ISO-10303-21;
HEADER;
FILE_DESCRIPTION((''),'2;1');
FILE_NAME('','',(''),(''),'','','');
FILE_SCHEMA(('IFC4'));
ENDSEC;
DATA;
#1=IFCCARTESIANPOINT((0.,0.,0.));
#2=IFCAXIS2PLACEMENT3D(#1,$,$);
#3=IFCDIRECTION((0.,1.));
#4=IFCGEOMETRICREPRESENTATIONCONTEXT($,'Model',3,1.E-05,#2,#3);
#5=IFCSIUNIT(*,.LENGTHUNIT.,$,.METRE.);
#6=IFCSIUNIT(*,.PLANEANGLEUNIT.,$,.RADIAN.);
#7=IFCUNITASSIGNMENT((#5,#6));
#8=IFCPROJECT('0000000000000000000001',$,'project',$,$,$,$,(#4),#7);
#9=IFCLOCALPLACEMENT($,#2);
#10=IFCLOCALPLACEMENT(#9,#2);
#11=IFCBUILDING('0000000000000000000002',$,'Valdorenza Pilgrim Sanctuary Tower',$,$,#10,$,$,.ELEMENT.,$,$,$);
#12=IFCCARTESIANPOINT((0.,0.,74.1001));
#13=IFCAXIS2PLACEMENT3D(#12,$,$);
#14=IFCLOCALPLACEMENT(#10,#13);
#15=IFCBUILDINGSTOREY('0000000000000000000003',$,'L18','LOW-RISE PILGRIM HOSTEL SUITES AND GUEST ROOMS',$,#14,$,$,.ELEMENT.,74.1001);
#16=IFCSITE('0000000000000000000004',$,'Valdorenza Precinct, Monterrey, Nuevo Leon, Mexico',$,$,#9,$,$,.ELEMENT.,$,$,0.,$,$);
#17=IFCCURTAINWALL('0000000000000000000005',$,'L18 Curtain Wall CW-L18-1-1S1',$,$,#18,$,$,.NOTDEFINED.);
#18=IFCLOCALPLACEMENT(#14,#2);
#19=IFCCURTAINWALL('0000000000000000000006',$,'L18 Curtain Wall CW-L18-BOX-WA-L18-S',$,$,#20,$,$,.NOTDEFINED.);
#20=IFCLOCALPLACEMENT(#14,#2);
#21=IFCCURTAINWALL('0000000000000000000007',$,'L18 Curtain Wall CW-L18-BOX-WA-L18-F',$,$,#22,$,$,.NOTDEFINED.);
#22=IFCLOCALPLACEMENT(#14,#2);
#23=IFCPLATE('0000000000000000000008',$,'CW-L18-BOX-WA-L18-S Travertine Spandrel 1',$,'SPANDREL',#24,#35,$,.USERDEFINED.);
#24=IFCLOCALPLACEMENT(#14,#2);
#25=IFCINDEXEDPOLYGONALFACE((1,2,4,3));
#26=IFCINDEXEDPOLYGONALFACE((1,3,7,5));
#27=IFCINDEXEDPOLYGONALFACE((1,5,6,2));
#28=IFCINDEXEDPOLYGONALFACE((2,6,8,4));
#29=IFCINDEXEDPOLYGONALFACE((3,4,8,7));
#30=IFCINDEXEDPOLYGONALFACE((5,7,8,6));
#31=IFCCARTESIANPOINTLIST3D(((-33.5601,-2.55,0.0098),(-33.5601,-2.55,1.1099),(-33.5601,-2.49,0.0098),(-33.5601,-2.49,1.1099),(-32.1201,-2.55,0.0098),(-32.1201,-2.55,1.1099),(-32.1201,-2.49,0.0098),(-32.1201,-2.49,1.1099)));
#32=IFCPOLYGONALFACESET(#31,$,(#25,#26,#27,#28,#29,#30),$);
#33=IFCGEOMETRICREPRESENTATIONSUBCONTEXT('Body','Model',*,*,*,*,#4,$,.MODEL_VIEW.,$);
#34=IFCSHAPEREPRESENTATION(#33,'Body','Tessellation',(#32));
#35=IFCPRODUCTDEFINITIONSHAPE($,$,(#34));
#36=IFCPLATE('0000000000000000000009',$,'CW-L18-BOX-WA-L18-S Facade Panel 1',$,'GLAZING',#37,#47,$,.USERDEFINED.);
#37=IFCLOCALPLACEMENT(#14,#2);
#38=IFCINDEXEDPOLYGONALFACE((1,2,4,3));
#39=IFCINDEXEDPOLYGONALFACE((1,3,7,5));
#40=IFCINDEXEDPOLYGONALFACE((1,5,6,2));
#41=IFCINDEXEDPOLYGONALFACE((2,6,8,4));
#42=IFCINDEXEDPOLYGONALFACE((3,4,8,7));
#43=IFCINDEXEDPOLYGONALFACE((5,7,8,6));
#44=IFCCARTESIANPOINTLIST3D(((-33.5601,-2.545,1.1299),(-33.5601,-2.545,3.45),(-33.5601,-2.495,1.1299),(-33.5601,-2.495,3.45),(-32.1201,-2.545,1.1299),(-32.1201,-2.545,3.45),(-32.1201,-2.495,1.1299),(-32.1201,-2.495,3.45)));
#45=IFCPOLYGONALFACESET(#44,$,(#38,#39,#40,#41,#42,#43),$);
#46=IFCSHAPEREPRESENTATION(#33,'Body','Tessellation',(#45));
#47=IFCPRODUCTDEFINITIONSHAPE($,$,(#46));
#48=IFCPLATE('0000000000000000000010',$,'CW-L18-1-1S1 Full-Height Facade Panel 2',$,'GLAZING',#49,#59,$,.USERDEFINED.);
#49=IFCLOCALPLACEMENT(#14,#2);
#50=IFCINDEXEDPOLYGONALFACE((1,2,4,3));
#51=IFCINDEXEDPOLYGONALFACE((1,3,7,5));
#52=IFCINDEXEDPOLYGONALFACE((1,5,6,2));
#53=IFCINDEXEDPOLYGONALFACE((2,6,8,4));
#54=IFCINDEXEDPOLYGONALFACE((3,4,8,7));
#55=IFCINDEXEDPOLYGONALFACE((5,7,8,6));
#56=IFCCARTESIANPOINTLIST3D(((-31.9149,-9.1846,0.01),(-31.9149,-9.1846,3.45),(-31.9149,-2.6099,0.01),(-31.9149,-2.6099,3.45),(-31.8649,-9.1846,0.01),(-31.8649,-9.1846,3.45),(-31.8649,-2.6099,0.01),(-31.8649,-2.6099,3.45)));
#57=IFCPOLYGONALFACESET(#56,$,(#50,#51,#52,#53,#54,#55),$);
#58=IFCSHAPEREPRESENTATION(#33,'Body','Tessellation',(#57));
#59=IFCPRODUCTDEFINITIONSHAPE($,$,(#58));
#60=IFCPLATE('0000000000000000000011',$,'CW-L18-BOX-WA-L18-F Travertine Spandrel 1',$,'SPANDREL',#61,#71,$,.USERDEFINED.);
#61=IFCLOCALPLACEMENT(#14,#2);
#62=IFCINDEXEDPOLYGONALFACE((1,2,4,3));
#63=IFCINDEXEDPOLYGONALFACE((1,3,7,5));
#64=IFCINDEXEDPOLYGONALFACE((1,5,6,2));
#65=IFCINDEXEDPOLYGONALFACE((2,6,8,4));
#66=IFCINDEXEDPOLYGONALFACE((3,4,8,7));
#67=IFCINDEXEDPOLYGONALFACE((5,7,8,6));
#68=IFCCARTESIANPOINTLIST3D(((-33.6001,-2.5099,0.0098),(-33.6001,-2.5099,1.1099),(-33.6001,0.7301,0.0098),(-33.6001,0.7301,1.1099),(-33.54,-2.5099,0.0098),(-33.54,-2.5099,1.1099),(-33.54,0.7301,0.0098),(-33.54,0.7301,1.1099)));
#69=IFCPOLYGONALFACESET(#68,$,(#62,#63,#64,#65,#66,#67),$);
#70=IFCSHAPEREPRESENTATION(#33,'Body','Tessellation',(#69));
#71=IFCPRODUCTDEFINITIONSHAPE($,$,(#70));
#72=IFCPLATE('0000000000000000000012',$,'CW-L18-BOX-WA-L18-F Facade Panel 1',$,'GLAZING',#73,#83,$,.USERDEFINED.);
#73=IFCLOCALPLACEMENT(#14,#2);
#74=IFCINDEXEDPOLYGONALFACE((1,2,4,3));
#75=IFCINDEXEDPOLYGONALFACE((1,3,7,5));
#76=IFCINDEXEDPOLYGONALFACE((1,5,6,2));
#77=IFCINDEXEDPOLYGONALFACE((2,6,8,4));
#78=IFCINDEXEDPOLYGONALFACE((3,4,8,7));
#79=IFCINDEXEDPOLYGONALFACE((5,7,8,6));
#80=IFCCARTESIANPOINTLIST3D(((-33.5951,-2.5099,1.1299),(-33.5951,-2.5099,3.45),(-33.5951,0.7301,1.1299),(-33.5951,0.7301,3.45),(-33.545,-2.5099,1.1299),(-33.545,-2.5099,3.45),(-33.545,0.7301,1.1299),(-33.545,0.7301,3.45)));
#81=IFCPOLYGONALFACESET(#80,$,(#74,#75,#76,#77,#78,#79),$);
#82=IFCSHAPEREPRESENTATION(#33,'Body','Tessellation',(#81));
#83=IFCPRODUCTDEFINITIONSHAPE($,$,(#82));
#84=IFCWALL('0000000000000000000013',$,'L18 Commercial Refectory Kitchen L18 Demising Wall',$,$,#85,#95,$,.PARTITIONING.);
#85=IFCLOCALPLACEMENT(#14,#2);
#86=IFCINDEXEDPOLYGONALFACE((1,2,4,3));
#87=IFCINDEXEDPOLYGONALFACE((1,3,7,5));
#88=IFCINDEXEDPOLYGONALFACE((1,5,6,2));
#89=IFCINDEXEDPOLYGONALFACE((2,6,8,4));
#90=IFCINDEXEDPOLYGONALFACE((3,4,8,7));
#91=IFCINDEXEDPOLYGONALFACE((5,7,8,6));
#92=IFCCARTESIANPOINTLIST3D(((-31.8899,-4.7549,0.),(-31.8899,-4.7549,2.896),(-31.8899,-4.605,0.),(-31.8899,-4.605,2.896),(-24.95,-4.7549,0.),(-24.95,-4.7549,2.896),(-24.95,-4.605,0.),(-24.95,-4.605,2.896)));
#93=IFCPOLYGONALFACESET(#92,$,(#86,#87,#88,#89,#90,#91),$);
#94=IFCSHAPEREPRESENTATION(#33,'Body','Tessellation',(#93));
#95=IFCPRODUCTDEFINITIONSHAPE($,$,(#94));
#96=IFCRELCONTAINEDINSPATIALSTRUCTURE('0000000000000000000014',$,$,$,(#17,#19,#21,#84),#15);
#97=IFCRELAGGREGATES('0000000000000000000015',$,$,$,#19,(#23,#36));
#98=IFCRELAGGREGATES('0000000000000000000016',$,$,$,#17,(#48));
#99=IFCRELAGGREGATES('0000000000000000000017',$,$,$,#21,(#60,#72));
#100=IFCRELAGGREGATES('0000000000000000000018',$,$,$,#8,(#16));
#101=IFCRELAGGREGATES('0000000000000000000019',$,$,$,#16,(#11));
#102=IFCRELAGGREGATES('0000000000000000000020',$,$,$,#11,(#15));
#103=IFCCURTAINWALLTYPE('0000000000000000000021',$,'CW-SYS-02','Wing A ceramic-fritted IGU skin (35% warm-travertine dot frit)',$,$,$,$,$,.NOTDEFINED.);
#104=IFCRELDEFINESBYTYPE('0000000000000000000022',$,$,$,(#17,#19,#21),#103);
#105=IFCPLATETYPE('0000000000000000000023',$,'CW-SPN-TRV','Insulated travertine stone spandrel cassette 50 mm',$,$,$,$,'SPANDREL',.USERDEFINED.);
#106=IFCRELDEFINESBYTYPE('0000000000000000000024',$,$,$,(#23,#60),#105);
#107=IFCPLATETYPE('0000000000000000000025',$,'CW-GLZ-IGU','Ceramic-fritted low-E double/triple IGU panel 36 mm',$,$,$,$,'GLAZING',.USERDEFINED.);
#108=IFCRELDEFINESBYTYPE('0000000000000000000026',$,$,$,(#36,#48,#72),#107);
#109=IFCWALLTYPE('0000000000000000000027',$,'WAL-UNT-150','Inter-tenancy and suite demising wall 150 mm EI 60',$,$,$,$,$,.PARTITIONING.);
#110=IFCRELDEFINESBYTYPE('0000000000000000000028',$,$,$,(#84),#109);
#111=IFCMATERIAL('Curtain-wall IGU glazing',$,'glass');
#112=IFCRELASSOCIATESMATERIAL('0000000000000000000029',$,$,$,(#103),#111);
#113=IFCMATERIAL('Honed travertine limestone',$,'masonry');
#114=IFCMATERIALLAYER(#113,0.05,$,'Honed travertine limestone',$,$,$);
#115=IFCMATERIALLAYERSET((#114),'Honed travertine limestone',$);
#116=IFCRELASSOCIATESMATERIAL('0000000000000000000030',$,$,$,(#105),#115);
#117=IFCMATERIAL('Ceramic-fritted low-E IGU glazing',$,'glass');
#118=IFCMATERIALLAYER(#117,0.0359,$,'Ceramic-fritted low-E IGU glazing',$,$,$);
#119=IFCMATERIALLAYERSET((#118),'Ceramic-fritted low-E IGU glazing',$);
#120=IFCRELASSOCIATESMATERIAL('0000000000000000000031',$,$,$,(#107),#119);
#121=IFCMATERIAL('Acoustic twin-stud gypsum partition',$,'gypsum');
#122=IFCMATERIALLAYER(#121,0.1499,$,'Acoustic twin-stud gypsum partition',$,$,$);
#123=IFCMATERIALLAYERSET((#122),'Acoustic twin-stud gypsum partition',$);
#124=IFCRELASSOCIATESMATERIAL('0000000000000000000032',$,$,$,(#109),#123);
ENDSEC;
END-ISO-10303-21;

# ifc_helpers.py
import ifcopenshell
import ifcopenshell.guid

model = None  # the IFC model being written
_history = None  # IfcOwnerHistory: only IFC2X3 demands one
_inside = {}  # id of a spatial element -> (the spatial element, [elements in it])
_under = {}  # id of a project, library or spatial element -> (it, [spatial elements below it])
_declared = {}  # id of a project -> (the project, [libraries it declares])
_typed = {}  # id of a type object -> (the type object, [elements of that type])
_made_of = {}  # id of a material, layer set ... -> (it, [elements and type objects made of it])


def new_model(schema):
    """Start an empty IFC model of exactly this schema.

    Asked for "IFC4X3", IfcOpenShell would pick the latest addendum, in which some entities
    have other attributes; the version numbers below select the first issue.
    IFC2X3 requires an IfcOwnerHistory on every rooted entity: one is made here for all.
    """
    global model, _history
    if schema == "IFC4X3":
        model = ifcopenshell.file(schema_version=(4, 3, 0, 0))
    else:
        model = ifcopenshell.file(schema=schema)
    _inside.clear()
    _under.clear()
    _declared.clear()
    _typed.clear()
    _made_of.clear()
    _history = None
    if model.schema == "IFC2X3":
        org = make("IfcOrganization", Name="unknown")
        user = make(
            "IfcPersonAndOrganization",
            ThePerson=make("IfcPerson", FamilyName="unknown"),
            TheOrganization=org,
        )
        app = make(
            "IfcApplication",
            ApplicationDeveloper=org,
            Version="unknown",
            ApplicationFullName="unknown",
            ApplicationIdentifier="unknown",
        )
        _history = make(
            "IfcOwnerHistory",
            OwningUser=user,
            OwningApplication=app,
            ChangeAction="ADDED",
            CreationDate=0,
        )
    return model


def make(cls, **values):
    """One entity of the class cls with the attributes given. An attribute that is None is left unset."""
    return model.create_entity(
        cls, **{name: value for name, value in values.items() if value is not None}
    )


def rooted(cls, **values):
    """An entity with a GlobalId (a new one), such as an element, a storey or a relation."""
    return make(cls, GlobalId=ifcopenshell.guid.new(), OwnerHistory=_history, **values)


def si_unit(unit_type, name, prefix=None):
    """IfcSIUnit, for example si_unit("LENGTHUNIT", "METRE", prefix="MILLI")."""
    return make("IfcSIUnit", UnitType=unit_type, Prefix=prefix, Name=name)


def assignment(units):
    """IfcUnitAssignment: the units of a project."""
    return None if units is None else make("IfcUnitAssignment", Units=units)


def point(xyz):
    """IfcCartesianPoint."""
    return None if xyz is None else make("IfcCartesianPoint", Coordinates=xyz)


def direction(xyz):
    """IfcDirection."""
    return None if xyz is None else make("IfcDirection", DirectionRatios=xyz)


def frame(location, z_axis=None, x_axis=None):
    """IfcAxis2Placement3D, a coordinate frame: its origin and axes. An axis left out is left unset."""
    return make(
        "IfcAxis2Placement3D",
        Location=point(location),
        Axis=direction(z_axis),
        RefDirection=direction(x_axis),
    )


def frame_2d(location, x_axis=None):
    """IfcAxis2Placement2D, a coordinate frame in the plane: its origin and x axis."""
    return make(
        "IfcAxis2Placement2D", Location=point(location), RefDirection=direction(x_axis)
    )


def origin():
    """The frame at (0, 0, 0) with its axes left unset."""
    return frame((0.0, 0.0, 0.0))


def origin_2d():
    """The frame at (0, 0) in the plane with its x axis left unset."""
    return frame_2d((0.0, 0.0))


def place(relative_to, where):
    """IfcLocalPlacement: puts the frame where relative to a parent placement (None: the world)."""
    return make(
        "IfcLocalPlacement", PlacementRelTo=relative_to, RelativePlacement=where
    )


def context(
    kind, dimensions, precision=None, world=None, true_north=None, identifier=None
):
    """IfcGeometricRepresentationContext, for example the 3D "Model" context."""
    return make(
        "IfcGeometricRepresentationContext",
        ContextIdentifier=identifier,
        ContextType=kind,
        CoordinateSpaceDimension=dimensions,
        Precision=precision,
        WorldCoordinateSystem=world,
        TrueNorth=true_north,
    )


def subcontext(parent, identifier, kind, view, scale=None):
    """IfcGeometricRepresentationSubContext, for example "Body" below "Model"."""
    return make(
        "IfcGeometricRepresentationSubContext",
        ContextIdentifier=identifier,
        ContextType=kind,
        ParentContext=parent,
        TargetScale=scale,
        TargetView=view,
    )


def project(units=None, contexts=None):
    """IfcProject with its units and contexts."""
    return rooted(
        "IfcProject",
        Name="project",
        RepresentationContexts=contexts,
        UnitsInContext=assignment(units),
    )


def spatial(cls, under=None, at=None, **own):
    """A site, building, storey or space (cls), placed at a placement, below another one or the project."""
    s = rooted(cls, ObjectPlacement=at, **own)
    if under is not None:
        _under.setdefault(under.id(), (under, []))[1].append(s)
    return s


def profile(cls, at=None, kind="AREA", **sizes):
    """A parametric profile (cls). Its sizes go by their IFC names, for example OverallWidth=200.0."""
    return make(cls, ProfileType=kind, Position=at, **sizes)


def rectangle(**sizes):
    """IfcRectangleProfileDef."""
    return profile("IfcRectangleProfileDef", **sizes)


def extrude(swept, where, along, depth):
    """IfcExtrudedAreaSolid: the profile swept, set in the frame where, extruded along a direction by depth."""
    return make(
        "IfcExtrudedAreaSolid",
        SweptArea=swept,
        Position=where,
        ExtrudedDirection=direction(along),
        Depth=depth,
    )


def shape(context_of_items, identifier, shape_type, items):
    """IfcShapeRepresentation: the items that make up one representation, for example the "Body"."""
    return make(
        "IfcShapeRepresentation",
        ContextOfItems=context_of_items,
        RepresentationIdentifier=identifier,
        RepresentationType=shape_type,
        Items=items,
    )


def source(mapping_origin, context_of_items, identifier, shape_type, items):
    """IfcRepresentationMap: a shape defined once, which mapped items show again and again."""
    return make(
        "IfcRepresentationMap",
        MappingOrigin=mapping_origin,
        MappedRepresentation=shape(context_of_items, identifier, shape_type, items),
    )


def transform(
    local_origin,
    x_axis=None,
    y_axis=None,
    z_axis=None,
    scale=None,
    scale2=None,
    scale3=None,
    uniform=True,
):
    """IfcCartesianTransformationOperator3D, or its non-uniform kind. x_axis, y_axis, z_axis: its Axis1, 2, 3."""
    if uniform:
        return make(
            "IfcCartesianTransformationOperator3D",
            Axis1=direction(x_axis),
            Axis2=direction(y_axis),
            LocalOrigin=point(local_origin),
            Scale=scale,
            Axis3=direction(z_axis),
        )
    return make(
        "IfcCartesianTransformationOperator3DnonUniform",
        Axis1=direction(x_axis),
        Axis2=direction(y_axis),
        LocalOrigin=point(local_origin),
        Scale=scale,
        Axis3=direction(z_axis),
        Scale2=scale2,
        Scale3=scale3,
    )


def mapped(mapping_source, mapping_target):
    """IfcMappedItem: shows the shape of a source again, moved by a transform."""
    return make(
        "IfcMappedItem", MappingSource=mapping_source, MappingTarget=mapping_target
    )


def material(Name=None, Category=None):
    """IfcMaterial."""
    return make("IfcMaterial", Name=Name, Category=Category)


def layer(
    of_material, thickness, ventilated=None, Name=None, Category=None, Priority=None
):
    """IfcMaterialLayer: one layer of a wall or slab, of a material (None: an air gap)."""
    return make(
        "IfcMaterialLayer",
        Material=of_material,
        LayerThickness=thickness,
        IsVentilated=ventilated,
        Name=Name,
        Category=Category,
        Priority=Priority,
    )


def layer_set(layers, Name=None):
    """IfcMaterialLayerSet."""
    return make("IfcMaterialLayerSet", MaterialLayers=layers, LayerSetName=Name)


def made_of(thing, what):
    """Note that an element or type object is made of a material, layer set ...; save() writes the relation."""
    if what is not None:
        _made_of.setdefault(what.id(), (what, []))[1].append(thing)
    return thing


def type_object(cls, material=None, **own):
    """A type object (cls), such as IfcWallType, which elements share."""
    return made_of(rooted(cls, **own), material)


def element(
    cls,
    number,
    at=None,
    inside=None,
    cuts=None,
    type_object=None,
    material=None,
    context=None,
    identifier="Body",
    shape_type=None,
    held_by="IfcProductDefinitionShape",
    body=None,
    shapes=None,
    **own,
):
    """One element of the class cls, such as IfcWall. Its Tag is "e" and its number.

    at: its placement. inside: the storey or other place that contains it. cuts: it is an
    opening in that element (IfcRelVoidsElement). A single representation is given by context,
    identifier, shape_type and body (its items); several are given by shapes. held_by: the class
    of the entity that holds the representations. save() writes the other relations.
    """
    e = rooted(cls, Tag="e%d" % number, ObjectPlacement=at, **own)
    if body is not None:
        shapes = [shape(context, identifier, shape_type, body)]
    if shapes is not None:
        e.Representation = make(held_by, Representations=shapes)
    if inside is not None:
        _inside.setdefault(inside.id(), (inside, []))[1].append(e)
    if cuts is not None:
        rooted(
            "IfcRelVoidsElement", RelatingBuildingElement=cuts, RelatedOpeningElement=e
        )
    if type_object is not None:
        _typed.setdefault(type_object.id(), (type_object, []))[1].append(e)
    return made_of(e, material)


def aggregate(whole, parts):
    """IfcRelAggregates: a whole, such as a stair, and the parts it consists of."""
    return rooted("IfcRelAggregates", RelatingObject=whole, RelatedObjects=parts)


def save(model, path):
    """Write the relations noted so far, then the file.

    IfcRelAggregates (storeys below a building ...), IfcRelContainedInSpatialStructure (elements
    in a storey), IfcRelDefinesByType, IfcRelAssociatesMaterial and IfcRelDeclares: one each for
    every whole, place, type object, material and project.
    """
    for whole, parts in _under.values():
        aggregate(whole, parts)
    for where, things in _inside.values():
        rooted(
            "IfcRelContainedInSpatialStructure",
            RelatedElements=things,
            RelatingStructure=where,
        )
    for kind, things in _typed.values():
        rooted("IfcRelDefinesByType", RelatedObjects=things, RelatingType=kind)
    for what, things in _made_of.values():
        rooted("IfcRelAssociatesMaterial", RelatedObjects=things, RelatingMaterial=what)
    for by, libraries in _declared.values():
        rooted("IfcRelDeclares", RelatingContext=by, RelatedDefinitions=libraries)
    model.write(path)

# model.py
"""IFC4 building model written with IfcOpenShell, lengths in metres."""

from ifc_helpers import new_model, si_unit, direction, frame, frame_2d, origin, origin_2d, place, context, subcontext, project, spatial, rectangle, extrude, source, transform, mapped, material, layer, layer_set, type_object, element, aggregate, save


model = new_model("IFC4")

# Units and contexts
model_context = context("Model", 3, precision=1e-05, world=origin(), true_north=direction((0.0, 1.0)))
body_context = subcontext(model_context, "Body", "Model", "MODEL_VIEW")
ifc_project = project(units=[si_unit("LENGTHUNIT", "METRE"), si_unit("PLANEANGLEUNIT", "RADIAN")], contexts=[model_context])

# Site, building, storey
site_placement = place(None, origin())
site = spatial("IfcSite", under=ifc_project, at=site_placement, Name="Valdorenza Precinct, Monterrey, Nuevo Leon, Mexico", CompositionType="ELEMENT", RefElevation=0.0)
building_placement = place(site_placement, origin())
building = spatial("IfcBuilding", under=site, at=building_placement, Name="Valdorenza Pilgrim Sanctuary Tower", CompositionType="ELEMENT")
storey_placement = place(building_placement, frame((0.0, 0.0, 74.1001)))
storey = spatial("IfcBuildingStorey", under=building, at=storey_placement, Name="L18", Description="LOW-RISE PILGRIM HOSTEL SUITES AND GUEST ROOMS", CompositionType="ELEMENT", Elevation=74.1001)

# Curtain wall
ifc_material_1 = material(Name="Curtain-wall IGU glazing", Category="glass")
curtain_wall_type = type_object("IfcCurtainWallType", Name="CW-SYS-02", Description="Wing A ceramic-fritted IGU skin (35% warm-travertine dot frit)", PredefinedType="NOTDEFINED", material=ifc_material_1)
curtain_wall_1_placement = place(storey_placement, origin())
curtain_wall_1 = element("IfcCurtainWall", 1, at=curtain_wall_1_placement, inside=storey, type_object=curtain_wall_type, Name="L18 Curtain Wall CW-L18-1-1S1", PredefinedType="NOTDEFINED")

# Curtain wall
curtain_wall_2_placement = place(storey_placement, origin())
curtain_wall_2 = element("IfcCurtainWall", 2, at=curtain_wall_2_placement, inside=storey, type_object=curtain_wall_type, Name="L18 Curtain Wall CW-L18-BOX-WA-L18-S", PredefinedType="NOTDEFINED")

# Curtain wall
curtain_wall_3_placement = place(storey_placement, origin())
curtain_wall_3 = element("IfcCurtainWall", 3, at=curtain_wall_3_placement, inside=storey, type_object=curtain_wall_type, Name="L18 Curtain Wall CW-L18-BOX-WA-L18-F", PredefinedType="NOTDEFINED")

# Plates
ifc_material_2 = material(Name="Honed travertine limestone", Category="masonry")
ifc_layer_1 = layer(ifc_material_2, 0.05, Name="Honed travertine limestone")
ifc_layer_set_1 = layer_set([ifc_layer_1], Name="Honed travertine limestone")
plate_type_1 = type_object("IfcPlateType", Name="CW-SPN-TRV", Description="Insulated travertine stone spandrel cassette 50 mm", ElementType="SPANDREL", PredefinedType="USERDEFINED", material=ifc_layer_set_1)
shared_shape_1 = source(origin(), body_context, "Body", "SweptSolid", [
    extrude(rectangle(XDim=1.4399, YDim=0.0601, at=origin_2d()), origin(), (0.0, 0.0, 1.0), 1.1001),
])
plate_1_placement = place(storey_placement, frame((-32.8401, -2.52, 0.0098), z_axis=(0.0, 0.0, 1.0), x_axis=(-1.0, 0.0, 0.0)))
plate_1 = element("IfcPlate", 4, at=plate_1_placement, type_object=plate_type_1, Name="CW-L18-BOX-WA-L18-S Travertine Spandrel 1", ObjectType="SPANDREL", PredefinedType="USERDEFINED", context=body_context, shape_type="MappedRepresentation", body=[
    mapped(shared_shape_1, transform((0.0, 0.0, 0.0), x_axis=(1.0, 0.0, 0.0), y_axis=(0.0, 1.0, 0.0), z_axis=(0.0, 0.0, 1.0), scale=1.0)),
])
ifc_material_3 = material(Name="Ceramic-fritted low-E IGU glazing", Category="glass")
ifc_layer_2 = layer(ifc_material_3, 0.0359, Name="Ceramic-fritted low-E IGU glazing")
ifc_layer_set_2 = layer_set([ifc_layer_2], Name="Ceramic-fritted low-E IGU glazing")
plate_type_2 = type_object("IfcPlateType", Name="CW-GLZ-IGU", Description="Ceramic-fritted low-E double/triple IGU panel 36 mm", ElementType="GLAZING", PredefinedType="USERDEFINED", material=ifc_layer_set_2)
shared_shape_2 = source(origin(), body_context, "Body", "SweptSolid", [
    extrude(rectangle(XDim=1.4399, YDim=0.05, at=origin_2d()), origin(), (0.0, 0.0, 1.0), 2.3201),
])
plate_2_placement = place(storey_placement, frame((-32.8401, -2.52, 1.1299), z_axis=(0.0, 0.0, 1.0), x_axis=(-1.0, 0.0, 0.0)))
plate_2 = element("IfcPlate", 5, at=plate_2_placement, type_object=plate_type_2, Name="CW-L18-BOX-WA-L18-S Facade Panel 1", ObjectType="GLAZING", PredefinedType="USERDEFINED", context=body_context, shape_type="MappedRepresentation", body=[
    mapped(shared_shape_2, transform((0.0, 0.0, 0.0), x_axis=(1.0, 0.0, 0.0), y_axis=(0.0, 1.0, 0.0), z_axis=(0.0, 0.0, 1.0), scale=1.0)),
])
aggregate(curtain_wall_2, [plate_1, plate_2])
shared_shape_3 = source(origin(), body_context, "Body", "SweptSolid", [
    extrude(rectangle(XDim=6.5747, YDim=0.05, at=origin_2d()), origin(), (0.0, 0.0, 1.0), 3.4399),
])
plate_3_placement = place(storey_placement, frame((-31.8899, -5.8972, 0.01), z_axis=(0.0, 0.0, 1.0), x_axis=(0.0, 1.0, 0.0)))
plate_3 = element("IfcPlate", 6, at=plate_3_placement, type_object=plate_type_2, Name="CW-L18-1-1S1 Full-Height Facade Panel 2", ObjectType="GLAZING", PredefinedType="USERDEFINED", context=body_context, shape_type="MappedRepresentation", body=[
    mapped(shared_shape_3, transform((0.0, 0.0, 0.0), x_axis=(1.0, 0.0, 0.0), y_axis=(0.0, 1.0, 0.0), z_axis=(0.0, 0.0, 1.0), scale=1.0)),
])
aggregate(curtain_wall_1, [plate_3])
shared_shape_4 = source(origin(), body_context, "Body", "SweptSolid", [
    extrude(rectangle(XDim=3.24, YDim=0.0601, at=origin_2d()), origin(), (0.0, 0.0, 1.0), 1.1001),
])
plate_4_placement = place(storey_placement, frame((-33.5701, -0.8899, 0.0098), z_axis=(0.0, 0.0, 1.0), x_axis=(0.0, 1.0, 0.0)))
plate_4 = element("IfcPlate", 7, at=plate_4_placement, type_object=plate_type_1, Name="CW-L18-BOX-WA-L18-F Travertine Spandrel 1", ObjectType="SPANDREL", PredefinedType="USERDEFINED", context=body_context, shape_type="MappedRepresentation", body=[
    mapped(shared_shape_4, transform((0.0, 0.0, 0.0), x_axis=(1.0, 0.0, 0.0), y_axis=(0.0, 1.0, 0.0), z_axis=(0.0, 0.0, 1.0), scale=1.0)),
])
shared_shape_5 = source(origin(), body_context, "Body", "SweptSolid", [
    extrude(rectangle(XDim=3.24, YDim=0.05, at=origin_2d()), origin(), (0.0, 0.0, 1.0), 2.3201),
])
plate_5_placement = place(storey_placement, frame((-33.5701, -0.8899, 1.1299), z_axis=(0.0, 0.0, 1.0), x_axis=(0.0, 1.0, 0.0)))
plate_5 = element("IfcPlate", 8, at=plate_5_placement, type_object=plate_type_2, Name="CW-L18-BOX-WA-L18-F Facade Panel 1", ObjectType="GLAZING", PredefinedType="USERDEFINED", context=body_context, shape_type="MappedRepresentation", body=[
    mapped(shared_shape_5, transform((0.0, 0.0, 0.0), x_axis=(1.0, 0.0, 0.0), y_axis=(0.0, 1.0, 0.0), z_axis=(0.0, 0.0, 1.0), scale=1.0)),
])
aggregate(curtain_wall_3, [plate_4, plate_5])

# Wall
ifc_material_4 = material(Name="Acoustic twin-stud gypsum partition", Category="gypsum")
ifc_layer_3 = layer(ifc_material_4, 0.1499, Name="Acoustic twin-stud gypsum partition")
ifc_layer_set_3 = layer_set([ifc_layer_3], Name="Acoustic twin-stud gypsum partition")
wall_type = type_object("IfcWallType", Name="WAL-UNT-150", Description="Inter-tenancy and suite demising wall 150 mm EI 60", PredefinedType="PARTITIONING", material=ifc_layer_set_3)
wall_placement = place(storey_placement, frame((-31.8899, -4.6799, 0.0), z_axis=(0.0, 0.0, 1.0), x_axis=(1.0, 0.0, 0.0)))
element("IfcWall", 9, at=wall_placement, inside=storey, type_object=wall_type, Name="L18 Commercial Refectory Kitchen L18 Demising Wall", PredefinedType="PARTITIONING", context=body_context, shape_type="SweptSolid", body=[
    extrude(rectangle(XDim=6.9399, YDim=0.1499, at=frame_2d((3.47, 0.0))), origin(), (0.0, 0.0, 1.0), 2.896),
])

save(model, "model.ifc")
